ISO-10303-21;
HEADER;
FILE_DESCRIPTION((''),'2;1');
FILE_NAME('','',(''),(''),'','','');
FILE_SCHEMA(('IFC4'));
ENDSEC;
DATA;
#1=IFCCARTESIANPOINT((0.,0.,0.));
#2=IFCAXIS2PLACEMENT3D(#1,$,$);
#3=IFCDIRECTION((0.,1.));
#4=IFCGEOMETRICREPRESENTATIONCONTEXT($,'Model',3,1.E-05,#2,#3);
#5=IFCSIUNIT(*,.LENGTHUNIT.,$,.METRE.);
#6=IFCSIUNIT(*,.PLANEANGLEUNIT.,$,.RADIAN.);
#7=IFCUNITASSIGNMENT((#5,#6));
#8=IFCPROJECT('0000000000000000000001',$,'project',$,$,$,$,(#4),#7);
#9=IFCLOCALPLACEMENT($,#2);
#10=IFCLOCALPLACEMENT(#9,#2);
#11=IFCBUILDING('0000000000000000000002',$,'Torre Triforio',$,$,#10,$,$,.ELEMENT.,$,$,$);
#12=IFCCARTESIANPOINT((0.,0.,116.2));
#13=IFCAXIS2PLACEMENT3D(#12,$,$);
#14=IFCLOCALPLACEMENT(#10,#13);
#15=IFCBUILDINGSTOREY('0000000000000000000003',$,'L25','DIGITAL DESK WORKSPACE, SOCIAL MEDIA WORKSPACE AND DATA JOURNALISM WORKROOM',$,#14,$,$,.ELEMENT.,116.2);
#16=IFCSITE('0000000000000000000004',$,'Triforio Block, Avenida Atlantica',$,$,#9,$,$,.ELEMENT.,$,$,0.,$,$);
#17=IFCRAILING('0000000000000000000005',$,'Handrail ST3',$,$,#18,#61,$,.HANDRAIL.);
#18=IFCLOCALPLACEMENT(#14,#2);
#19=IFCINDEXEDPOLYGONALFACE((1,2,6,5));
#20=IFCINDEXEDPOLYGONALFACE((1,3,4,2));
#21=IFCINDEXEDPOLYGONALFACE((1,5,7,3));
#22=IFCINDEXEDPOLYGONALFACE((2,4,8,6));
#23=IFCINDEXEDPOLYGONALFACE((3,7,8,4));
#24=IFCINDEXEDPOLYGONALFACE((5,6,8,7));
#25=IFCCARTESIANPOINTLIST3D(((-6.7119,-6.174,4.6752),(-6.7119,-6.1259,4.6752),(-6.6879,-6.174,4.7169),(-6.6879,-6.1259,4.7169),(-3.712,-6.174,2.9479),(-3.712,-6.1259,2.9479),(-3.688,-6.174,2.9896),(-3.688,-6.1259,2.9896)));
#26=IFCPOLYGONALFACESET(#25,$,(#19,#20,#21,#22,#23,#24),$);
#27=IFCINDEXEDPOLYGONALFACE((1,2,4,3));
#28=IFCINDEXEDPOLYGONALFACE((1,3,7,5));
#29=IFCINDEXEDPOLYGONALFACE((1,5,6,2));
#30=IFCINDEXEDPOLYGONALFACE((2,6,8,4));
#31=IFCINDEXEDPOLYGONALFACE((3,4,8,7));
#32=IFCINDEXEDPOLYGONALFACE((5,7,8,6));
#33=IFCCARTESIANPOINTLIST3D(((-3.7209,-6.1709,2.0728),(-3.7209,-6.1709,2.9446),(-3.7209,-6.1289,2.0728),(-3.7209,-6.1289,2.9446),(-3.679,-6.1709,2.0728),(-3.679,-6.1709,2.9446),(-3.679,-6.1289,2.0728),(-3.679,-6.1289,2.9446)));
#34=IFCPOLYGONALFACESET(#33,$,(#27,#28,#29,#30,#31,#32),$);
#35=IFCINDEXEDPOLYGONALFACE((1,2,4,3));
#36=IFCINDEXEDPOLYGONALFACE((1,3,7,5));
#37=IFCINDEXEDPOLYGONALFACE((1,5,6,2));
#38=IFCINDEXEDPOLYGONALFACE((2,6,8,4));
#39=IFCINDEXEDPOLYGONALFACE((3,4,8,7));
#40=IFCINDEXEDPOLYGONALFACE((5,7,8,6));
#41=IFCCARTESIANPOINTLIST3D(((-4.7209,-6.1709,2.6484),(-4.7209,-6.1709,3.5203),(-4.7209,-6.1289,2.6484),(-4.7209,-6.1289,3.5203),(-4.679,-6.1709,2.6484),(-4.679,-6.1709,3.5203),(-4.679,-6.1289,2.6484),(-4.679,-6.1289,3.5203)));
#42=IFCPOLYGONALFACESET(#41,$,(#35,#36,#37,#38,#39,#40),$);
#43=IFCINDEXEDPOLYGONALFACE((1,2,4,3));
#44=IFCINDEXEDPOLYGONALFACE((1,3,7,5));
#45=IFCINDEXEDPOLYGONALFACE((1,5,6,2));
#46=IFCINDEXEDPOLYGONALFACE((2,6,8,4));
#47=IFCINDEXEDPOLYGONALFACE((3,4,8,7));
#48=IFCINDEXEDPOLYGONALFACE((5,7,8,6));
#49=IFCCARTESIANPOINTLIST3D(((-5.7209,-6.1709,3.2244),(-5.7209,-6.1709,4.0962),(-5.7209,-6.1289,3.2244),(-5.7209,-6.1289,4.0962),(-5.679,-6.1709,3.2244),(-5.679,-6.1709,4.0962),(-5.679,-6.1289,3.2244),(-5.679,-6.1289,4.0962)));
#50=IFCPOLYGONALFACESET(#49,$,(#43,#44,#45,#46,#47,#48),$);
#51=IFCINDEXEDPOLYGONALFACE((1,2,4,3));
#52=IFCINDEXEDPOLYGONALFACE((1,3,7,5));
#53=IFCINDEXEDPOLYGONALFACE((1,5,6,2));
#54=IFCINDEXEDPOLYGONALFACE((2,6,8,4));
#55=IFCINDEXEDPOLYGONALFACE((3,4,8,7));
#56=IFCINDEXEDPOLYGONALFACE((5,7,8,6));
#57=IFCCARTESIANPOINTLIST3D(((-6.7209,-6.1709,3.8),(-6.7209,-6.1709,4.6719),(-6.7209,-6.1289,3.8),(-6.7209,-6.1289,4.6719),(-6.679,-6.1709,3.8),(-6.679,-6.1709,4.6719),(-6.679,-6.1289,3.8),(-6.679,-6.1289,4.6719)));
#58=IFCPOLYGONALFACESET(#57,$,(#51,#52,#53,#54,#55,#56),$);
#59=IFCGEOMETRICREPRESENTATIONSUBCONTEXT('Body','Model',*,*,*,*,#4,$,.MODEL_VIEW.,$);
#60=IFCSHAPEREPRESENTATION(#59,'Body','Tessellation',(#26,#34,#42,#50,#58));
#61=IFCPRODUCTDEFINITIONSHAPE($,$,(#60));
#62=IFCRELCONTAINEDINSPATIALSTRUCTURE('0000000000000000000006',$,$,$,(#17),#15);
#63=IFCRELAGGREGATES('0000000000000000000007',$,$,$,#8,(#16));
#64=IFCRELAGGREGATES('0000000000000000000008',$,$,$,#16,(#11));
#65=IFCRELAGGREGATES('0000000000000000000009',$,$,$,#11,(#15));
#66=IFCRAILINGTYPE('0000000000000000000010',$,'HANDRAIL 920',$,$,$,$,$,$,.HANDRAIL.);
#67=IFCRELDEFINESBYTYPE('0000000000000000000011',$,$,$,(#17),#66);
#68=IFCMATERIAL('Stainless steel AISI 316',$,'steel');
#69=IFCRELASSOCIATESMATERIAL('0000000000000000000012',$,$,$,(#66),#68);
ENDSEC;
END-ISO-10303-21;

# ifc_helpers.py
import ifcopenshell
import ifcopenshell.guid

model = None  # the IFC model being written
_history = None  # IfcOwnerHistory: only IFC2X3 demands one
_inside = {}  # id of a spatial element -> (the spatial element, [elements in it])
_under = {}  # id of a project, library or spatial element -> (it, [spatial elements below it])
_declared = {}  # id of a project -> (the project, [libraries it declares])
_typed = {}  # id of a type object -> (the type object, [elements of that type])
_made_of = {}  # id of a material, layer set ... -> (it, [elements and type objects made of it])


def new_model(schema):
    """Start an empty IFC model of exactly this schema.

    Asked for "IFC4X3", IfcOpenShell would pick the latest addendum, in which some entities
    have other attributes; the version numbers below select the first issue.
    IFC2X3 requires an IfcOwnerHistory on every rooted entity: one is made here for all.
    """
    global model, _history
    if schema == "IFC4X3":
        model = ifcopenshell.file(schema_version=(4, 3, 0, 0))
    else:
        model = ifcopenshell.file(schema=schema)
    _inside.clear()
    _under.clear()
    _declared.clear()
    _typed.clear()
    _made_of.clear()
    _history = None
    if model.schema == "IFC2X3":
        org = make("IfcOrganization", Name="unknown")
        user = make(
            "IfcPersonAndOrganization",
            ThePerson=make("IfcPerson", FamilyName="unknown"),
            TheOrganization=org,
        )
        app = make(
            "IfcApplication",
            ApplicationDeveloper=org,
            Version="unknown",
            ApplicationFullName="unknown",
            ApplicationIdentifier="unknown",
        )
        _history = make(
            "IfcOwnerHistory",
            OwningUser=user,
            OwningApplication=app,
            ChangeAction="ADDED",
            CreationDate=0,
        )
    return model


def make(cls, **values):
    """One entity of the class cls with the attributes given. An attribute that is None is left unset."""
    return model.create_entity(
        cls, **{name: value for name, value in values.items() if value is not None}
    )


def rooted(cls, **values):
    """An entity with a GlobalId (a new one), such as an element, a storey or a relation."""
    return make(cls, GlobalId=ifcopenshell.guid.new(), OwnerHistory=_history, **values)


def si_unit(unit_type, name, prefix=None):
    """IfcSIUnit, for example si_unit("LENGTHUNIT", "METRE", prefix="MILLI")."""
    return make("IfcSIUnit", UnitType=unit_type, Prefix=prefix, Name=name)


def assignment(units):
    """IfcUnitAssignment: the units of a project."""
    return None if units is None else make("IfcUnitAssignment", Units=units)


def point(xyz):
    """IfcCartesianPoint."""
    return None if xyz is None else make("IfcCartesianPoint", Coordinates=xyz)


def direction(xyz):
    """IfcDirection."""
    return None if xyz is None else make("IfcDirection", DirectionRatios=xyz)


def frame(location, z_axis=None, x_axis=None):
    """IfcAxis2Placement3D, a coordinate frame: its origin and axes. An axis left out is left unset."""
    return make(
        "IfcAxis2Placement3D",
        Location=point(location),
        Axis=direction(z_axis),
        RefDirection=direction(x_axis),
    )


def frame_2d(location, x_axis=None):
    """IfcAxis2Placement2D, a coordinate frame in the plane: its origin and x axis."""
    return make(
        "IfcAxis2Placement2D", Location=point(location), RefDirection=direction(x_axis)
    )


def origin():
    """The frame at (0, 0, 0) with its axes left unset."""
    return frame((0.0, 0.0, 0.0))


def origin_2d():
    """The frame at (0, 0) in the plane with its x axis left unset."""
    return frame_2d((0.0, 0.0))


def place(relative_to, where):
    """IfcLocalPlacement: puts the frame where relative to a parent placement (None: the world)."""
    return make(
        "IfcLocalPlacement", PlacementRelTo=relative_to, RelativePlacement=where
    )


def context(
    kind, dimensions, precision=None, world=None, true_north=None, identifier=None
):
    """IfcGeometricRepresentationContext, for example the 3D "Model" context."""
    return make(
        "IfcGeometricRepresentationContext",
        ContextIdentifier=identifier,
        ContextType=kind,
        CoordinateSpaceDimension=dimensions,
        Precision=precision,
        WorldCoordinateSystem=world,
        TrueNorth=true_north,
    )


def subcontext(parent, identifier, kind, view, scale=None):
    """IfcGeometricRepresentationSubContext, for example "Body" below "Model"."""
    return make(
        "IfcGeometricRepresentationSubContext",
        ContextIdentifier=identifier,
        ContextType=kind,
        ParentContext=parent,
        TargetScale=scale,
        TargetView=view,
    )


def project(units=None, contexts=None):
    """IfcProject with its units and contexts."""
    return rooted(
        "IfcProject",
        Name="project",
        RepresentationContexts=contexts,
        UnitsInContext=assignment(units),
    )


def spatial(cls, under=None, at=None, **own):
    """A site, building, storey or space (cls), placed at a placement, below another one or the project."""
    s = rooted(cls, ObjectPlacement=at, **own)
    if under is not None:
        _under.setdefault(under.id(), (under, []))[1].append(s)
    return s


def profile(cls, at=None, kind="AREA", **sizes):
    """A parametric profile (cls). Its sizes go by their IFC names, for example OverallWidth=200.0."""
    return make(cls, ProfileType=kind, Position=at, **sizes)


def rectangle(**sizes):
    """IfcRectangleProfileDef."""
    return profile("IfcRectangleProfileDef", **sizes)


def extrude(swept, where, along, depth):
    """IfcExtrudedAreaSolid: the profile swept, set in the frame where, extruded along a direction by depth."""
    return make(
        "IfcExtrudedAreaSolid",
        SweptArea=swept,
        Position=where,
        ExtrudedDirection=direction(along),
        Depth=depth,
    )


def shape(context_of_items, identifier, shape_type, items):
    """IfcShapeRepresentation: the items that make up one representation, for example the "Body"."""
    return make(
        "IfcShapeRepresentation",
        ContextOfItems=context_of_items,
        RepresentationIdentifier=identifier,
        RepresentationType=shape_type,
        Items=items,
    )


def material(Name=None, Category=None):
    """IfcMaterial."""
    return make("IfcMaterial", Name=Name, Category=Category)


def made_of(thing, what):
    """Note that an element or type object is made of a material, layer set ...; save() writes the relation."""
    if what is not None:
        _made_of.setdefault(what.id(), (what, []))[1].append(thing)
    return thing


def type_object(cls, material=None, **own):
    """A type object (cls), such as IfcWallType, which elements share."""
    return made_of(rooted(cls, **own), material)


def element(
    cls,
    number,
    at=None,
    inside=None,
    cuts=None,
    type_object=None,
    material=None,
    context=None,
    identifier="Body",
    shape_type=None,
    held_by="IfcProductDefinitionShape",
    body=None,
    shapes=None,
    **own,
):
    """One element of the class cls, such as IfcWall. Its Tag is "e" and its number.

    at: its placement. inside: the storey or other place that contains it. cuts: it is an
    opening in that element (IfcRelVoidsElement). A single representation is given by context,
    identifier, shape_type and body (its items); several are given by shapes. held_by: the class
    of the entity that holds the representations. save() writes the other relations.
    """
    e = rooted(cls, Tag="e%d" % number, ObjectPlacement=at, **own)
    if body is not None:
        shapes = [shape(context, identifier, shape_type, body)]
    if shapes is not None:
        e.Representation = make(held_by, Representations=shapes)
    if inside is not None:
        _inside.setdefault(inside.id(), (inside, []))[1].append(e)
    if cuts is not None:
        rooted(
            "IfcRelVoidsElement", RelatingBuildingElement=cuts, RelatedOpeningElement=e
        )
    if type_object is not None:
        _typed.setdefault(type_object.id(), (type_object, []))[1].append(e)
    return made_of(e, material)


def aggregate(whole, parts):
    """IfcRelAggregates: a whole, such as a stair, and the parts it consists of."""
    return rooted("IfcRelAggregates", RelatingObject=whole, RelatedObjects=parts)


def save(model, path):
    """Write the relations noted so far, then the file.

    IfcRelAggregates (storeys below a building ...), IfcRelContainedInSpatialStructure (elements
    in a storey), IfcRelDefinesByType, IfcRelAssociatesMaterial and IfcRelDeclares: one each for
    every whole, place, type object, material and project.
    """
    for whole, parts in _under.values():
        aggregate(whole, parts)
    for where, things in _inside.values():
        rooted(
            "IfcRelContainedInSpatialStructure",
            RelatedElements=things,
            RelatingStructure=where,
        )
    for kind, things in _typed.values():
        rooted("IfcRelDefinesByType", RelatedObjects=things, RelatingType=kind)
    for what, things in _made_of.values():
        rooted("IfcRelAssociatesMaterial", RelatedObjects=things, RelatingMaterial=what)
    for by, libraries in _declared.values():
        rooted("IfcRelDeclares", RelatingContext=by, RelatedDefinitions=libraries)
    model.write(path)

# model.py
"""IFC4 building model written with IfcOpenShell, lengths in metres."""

from ifc_helpers import new_model, si_unit, direction, frame, origin, origin_2d, place, context, subcontext, project, spatial, rectangle, extrude, material, type_object, element, save


model = new_model("IFC4")

# Units and contexts
model_context = context("Model", 3, precision=1e-05, world=origin(), true_north=direction((0.0, 1.0)))
body_context = subcontext(model_context, "Body", "Model", "MODEL_VIEW")
ifc_project = project(units=[si_unit("LENGTHUNIT", "METRE"), si_unit("PLANEANGLEUNIT", "RADIAN")], contexts=[model_context])

# Site, building, storey
site_placement = place(None, origin())
site = spatial("IfcSite", under=ifc_project, at=site_placement, Name="Triforio Block, Avenida Atlantica", CompositionType="ELEMENT", RefElevation=0.0)
building_placement = place(site_placement, origin())
building = spatial("IfcBuilding", under=site, at=building_placement, Name="Torre Triforio", CompositionType="ELEMENT")
storey_placement = place(building_placement, frame((0.0, 0.0, 116.2)))
storey = spatial("IfcBuildingStorey", under=building, at=storey_placement, Name="L25", Description="DIGITAL DESK WORKSPACE, SOCIAL MEDIA WORKSPACE AND DATA JOURNALISM WORKROOM", CompositionType="ELEMENT", Elevation=116.2)

# Railing
ifc_material_1 = material(Name="Stainless steel AISI 316", Category="steel")
railing_type = type_object("IfcRailingType", Name="HANDRAIL 920", PredefinedType="HANDRAIL", material=ifc_material_1)
for number, where, name in (
    (1, (-3.7, -6.1499, 2.0728), "Handrail ST3"),
):
    element("IfcRailing", number, at=place(storey_placement, frame(where)), inside=storey, type_object=railing_type, Name=name, PredefinedType="HANDRAIL", context=body_context, shape_type="SweptSolid", body=[
        extrude(rectangle(XDim=0.0481, YDim=0.0481, at=origin_2d()), frame((0.0, 0.0, 0.896), z_axis=(-0.86662, 0.0, 0.498969), x_axis=(0.0, -1.0, 0.0)), (0.0, 0.0, 1.0), 3.4617),
        extrude(rectangle(XDim=0.042, YDim=0.042, at=origin_2d()), origin(), (0.0, 0.0, 1.0), 0.8718),
        extrude(rectangle(XDim=0.042, YDim=0.042, at=origin_2d()), frame((-1.0, 0.0, 0.5757)), (0.0, 0.0, 1.0), 0.8718),
        extrude(rectangle(XDim=0.042, YDim=0.042, at=origin_2d()), frame((-2.0, 0.0, 1.1516)), (0.0, 0.0, 1.0), 0.8718),
        extrude(rectangle(XDim=0.042, YDim=0.042, at=origin_2d()), frame((-3.0, 0.0, 1.7273)), (0.0, 0.0, 1.0), 0.8718),
    ])

save(model, "model.ifc")
